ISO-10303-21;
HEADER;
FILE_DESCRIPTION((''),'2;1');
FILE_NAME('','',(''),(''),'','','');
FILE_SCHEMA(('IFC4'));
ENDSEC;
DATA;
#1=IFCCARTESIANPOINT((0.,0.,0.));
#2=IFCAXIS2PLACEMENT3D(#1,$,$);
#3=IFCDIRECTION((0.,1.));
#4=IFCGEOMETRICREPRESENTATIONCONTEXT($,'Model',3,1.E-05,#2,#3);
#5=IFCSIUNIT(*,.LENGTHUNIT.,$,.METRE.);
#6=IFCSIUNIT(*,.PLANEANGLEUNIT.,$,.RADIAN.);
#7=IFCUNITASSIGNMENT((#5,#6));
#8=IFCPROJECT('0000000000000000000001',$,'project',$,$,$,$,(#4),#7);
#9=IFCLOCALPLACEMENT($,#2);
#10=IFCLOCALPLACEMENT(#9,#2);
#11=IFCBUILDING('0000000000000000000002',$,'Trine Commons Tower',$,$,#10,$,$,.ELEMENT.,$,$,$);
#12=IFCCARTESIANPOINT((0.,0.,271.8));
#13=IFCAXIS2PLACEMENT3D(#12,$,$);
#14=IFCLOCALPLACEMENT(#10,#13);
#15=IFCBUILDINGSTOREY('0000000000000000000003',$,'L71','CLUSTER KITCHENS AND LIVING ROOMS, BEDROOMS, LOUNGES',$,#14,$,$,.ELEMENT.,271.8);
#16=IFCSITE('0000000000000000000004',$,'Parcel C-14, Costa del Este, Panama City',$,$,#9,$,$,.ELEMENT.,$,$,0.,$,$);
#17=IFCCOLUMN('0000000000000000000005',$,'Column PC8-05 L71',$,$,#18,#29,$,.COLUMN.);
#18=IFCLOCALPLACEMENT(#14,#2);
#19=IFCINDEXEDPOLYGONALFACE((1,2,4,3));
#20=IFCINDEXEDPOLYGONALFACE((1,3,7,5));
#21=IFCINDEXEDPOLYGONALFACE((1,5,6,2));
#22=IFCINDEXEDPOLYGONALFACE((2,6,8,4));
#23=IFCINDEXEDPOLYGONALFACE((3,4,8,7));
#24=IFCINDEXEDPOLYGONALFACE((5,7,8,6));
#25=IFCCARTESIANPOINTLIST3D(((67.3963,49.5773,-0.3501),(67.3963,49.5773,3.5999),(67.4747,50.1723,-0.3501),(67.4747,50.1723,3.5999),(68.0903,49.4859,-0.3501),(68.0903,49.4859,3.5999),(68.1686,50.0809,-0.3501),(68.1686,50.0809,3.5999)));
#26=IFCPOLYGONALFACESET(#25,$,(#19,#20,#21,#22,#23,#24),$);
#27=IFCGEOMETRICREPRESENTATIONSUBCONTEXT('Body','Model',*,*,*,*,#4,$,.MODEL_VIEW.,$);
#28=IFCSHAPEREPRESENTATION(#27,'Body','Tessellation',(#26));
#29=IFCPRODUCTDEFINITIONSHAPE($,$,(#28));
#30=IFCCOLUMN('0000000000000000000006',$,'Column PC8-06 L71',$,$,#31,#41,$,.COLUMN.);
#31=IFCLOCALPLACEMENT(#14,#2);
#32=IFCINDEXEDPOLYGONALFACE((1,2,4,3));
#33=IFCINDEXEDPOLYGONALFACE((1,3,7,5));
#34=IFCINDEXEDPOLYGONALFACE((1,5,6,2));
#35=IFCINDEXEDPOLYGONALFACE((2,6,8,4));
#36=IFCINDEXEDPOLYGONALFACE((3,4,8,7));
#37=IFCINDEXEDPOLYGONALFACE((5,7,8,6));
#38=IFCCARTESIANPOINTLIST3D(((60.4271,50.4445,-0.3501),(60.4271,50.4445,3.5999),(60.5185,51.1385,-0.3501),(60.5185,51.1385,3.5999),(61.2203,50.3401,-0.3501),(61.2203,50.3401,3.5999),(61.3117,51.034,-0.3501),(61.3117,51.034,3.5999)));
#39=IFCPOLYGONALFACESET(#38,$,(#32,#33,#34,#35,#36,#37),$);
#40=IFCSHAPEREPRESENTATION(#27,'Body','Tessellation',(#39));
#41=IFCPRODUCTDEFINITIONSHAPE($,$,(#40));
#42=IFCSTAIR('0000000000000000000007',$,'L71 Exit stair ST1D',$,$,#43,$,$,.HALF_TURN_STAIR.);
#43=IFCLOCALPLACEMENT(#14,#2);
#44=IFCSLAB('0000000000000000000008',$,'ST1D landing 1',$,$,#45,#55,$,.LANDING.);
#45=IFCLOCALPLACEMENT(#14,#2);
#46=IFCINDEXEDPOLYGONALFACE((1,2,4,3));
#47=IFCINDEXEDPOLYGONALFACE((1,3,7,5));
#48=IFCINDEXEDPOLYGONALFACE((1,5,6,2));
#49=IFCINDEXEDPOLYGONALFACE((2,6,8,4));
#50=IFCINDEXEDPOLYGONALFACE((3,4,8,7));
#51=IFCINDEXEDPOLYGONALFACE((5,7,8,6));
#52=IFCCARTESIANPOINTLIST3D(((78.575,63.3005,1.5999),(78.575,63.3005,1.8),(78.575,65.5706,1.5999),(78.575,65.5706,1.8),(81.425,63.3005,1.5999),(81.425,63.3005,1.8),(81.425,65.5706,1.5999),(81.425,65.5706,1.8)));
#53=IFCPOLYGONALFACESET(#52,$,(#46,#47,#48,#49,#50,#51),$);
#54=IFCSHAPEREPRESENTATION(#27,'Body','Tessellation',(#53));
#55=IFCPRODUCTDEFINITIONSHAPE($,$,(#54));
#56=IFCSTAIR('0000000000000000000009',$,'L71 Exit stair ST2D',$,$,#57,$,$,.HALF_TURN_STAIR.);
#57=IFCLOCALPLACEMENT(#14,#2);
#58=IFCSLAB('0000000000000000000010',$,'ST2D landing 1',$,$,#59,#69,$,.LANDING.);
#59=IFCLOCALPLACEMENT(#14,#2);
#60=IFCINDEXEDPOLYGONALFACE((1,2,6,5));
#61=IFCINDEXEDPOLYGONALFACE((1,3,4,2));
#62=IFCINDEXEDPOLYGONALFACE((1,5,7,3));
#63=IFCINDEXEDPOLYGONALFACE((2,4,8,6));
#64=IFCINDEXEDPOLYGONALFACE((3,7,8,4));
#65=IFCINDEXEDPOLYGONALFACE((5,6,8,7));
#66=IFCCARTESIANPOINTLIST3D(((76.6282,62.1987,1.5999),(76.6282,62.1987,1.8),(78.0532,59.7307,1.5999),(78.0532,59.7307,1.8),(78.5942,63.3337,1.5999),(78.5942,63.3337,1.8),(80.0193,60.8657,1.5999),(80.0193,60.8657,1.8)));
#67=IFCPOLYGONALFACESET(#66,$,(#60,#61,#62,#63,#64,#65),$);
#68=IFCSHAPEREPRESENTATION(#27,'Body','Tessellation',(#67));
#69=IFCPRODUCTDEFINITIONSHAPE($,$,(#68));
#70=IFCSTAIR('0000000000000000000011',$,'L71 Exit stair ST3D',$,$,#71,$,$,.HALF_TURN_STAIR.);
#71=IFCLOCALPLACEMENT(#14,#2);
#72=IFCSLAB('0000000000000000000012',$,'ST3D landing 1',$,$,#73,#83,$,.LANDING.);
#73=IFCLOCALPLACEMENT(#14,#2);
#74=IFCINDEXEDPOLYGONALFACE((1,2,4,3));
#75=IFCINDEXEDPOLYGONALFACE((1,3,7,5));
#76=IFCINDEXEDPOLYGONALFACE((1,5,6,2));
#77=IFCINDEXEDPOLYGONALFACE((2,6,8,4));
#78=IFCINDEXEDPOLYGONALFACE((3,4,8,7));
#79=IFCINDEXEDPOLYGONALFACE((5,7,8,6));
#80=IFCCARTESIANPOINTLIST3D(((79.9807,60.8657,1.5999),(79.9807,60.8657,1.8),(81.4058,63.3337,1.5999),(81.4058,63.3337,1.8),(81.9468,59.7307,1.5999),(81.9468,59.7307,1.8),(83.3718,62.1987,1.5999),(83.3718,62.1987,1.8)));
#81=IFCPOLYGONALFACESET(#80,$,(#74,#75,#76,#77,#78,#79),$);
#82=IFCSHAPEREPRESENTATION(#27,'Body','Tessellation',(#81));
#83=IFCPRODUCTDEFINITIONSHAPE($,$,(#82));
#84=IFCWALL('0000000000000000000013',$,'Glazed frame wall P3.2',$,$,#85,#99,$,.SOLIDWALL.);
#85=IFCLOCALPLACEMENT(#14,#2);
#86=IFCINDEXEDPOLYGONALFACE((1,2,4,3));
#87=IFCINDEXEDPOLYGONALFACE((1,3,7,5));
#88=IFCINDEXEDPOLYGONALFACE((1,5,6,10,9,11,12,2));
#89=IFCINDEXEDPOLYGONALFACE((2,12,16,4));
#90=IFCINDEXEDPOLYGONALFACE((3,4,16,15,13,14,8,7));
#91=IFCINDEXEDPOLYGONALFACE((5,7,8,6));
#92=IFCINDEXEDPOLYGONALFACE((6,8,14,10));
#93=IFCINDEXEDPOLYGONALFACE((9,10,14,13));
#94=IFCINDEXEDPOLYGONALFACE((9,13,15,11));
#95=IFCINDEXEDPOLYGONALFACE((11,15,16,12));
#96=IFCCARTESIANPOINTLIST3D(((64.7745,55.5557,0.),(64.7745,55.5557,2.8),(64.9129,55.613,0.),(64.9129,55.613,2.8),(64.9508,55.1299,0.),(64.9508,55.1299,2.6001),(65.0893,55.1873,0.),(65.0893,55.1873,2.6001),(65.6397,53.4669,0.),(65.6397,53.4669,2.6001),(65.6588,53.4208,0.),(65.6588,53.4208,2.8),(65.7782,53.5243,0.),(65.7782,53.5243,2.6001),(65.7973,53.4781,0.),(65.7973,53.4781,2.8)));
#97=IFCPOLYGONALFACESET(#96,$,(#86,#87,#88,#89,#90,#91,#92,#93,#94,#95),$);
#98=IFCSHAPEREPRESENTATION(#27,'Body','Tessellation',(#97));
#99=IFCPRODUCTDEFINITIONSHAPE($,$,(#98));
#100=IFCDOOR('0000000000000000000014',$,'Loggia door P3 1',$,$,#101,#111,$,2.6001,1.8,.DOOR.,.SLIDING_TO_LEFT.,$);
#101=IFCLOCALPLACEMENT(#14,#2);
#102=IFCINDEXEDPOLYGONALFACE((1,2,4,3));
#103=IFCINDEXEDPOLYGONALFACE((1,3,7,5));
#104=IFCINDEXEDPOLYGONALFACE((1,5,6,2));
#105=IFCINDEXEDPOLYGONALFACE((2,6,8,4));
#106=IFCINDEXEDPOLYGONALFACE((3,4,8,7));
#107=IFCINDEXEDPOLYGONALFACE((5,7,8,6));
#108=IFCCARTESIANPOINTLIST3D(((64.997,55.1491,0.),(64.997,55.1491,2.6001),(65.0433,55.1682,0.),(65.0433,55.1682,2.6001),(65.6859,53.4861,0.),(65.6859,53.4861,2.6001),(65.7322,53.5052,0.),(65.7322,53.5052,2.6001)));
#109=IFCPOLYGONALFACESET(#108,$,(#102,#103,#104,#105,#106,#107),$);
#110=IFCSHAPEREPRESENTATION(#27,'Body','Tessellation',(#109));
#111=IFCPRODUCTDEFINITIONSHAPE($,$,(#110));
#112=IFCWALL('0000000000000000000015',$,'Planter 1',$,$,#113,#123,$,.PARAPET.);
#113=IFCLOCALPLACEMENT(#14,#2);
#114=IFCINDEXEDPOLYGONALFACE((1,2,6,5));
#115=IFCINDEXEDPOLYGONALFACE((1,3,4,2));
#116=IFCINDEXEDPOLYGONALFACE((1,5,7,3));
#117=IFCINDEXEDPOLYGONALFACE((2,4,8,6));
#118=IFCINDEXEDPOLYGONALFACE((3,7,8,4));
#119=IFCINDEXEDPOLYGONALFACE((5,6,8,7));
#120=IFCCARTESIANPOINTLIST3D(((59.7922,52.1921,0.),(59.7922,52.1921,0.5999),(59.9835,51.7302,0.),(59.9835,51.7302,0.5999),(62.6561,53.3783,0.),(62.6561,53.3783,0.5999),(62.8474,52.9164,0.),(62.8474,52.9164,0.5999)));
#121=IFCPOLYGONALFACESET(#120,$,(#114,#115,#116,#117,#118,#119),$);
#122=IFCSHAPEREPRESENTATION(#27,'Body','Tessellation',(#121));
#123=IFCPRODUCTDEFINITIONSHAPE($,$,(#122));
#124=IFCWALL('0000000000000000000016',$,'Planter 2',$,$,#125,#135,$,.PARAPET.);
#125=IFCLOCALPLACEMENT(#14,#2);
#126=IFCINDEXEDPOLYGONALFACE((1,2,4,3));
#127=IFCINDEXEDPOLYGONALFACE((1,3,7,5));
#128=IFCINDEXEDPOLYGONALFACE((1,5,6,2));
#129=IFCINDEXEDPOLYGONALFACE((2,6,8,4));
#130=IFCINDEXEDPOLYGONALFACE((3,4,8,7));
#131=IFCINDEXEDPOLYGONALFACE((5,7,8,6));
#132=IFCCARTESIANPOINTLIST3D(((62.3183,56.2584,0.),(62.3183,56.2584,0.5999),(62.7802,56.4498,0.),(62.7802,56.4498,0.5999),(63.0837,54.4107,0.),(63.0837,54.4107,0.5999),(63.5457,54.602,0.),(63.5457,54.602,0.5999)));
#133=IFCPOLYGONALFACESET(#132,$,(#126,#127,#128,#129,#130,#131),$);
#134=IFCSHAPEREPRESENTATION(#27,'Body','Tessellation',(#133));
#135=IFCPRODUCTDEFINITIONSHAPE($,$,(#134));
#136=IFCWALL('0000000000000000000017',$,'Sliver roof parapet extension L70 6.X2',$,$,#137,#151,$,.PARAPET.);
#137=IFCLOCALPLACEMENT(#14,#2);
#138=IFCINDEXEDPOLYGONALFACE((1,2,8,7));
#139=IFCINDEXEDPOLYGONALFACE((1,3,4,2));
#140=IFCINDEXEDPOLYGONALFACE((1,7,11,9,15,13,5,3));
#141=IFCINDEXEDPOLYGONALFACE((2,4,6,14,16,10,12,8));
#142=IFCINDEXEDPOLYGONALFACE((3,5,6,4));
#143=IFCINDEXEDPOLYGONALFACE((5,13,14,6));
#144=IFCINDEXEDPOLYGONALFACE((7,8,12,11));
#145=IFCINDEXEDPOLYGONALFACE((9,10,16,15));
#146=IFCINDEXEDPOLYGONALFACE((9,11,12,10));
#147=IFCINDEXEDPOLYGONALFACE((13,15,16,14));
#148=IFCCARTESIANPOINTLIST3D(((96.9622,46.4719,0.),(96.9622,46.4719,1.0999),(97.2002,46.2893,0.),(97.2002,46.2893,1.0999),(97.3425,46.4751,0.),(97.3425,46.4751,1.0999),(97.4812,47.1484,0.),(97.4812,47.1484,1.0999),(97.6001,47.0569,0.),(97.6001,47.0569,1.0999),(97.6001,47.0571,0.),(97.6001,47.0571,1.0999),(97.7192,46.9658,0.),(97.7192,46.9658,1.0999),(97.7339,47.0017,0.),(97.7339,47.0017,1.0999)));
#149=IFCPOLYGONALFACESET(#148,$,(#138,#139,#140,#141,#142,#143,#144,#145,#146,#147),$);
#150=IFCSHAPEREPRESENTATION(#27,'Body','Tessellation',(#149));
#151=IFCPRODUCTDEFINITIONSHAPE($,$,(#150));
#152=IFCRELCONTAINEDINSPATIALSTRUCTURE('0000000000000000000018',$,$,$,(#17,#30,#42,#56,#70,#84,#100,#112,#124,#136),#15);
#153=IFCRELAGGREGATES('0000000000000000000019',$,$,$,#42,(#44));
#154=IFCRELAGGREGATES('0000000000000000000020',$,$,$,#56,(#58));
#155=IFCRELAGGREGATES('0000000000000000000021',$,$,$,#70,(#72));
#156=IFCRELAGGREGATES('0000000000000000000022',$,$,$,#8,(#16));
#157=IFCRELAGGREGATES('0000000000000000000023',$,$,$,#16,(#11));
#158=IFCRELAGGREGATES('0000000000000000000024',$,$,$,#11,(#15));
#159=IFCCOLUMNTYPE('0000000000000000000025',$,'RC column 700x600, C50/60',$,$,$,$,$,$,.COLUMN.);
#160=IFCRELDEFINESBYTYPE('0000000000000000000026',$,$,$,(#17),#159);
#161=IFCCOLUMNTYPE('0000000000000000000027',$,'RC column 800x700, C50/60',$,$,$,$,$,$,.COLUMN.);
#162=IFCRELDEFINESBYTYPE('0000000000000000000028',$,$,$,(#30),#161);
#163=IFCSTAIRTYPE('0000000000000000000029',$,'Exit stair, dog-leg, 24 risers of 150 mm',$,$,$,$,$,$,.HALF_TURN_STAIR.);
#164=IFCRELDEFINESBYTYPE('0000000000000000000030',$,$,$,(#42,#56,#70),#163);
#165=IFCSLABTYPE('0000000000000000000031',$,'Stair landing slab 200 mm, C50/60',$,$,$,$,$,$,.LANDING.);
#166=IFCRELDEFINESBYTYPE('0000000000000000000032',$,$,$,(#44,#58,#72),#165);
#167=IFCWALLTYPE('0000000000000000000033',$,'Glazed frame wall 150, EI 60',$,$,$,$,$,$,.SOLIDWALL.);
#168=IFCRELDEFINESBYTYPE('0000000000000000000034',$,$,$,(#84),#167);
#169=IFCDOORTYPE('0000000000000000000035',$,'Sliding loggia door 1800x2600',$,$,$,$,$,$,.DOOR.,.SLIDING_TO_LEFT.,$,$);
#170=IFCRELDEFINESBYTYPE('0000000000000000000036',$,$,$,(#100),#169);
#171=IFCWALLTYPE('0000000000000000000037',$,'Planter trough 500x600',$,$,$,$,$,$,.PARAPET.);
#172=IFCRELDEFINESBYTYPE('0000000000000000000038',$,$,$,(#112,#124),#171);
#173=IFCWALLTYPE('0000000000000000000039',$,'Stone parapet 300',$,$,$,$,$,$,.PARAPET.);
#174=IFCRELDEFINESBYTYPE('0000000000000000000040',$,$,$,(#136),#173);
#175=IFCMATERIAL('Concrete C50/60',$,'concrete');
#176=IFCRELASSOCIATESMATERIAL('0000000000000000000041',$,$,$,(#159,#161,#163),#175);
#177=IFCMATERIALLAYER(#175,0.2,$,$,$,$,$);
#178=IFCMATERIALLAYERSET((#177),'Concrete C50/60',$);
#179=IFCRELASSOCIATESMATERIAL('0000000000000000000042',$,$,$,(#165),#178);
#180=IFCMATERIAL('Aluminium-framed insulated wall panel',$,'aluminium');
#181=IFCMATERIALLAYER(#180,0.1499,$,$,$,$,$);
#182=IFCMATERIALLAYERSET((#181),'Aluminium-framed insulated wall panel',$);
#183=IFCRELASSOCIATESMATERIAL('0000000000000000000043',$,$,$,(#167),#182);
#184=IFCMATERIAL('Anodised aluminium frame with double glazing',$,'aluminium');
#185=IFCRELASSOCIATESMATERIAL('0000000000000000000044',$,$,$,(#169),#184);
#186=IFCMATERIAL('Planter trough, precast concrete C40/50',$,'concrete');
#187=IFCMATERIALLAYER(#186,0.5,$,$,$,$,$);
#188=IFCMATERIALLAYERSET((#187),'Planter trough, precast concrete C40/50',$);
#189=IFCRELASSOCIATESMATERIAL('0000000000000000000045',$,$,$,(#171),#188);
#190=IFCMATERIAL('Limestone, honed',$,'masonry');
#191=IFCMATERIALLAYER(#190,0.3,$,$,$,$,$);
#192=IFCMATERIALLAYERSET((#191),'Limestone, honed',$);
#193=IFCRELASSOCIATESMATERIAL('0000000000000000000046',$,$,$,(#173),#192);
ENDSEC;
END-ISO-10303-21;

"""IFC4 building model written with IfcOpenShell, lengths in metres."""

from ifc_helpers import new_model, si_unit, direction, frame, frame_2d, origin, origin_2d, place, context, subcontext, project, spatial, polyline, rectangle, outline, extrude, material, layer, layer_set, material_profile, profile_set, type_object, element, fill, aggregate, save


model = new_model("IFC4")

# Units and contexts
model_context = context("Model", 3, precision=1e-05, world=origin(), true_north=direction((0.0, 1.0)))
body_context = subcontext(model_context, "Body", "Model", "MODEL_VIEW")
ifc_project = project(units=[si_unit("LENGTHUNIT", "METRE"), si_unit("PLANEANGLEUNIT", "RADIAN")], contexts=[model_context])

# Site, building, storey
site_placement = place(None, origin())
site = spatial("IfcSite", under=ifc_project, at=site_placement, Name="Parcel C-14, Costa del Este, Panama City", CompositionType="ELEMENT", RefElevation=0.0)
building_placement = place(site_placement, origin())
building = spatial("IfcBuilding", under=site, at=building_placement, Name="Trine Commons Tower", CompositionType="ELEMENT")
storey_placement = place(building_placement, frame((0.0, 0.0, 271.8)))
storey = spatial("IfcBuildingStorey", under=building, at=storey_placement, Name="L71", Description="CLUSTER KITCHENS AND LIVING ROOMS, BEDROOMS, LOUNGES", CompositionType="ELEMENT", Elevation=271.8)

# Columns
ifc_material_1 = material(Name="Concrete C50/60", Category="concrete")
ifc_material_profile_1 = material_profile(ifc_material_1, rectangle(XDim=0.7, YDim=0.6001, at=origin_2d()), Name="RC 700x600")
ifc_profile_set_1 = profile_set([ifc_material_profile_1], Name="Concrete C50/60")
column_type_1 = type_object("IfcColumnType", Name="RC column 700x600, C50/60", PredefinedType="COLUMN", material=ifc_profile_set_1)
column_1_placement = place(storey_placement, frame((67.7825, 49.8291, -0.3501), z_axis=(0.0, 0.0, 1.0), x_axis=(-0.991445, 0.130526, 0.0)))
element("IfcColumn", 1, at=column_1_placement, inside=storey, type_object=column_type_1, Name="Column PC8-05 L71", PredefinedType="COLUMN", context=body_context, shape_type="SweptSolid", body=[
    extrude(rectangle(XDim=0.7, YDim=0.6001, at=origin_2d()), origin(), (0.0, 0.0, 1.0), 3.95),
])
ifc_material_profile_2 = material_profile(ifc_material_1, rectangle(XDim=0.8, YDim=0.7, at=origin_2d()), Name="RC 800x700")
ifc_profile_set_2 = profile_set([ifc_material_profile_2], Name="Concrete C50/60")
column_type_2 = type_object("IfcColumnType", Name="RC column 800x700, C50/60", PredefinedType="COLUMN", material=ifc_profile_set_2)
column_2_placement = place(storey_placement, frame((60.8694, 50.7393, -0.3501), z_axis=(0.0, 0.0, 1.0), x_axis=(-0.991445, 0.130526, 0.0)))
element("IfcColumn", 2, at=column_2_placement, inside=storey, type_object=column_type_2, Name="Column PC8-06 L71", PredefinedType="COLUMN", context=body_context, shape_type="SweptSolid", body=[
    extrude(rectangle(XDim=0.8, YDim=0.7, at=origin_2d()), origin(), (0.0, 0.0, 1.0), 3.95),
])

# Stairs, slabs
stair_type = type_object("IfcStairType", Name="Exit stair, dog-leg, 24 risers of 150 mm", PredefinedType="HALF_TURN_STAIR", material=ifc_material_1)
stair_1_placement = place(storey_placement, origin())
stair_1 = element("IfcStair", 3, at=stair_1_placement, inside=storey, type_object=stair_type, Name="L71 Exit stair ST1D", PredefinedType="HALF_TURN_STAIR")
ifc_layer_1 = layer(ifc_material_1, 0.2)
ifc_layer_set_1 = layer_set([ifc_layer_1], Name="Concrete C50/60")
slab_type = type_object("IfcSlabType", Name="Stair landing slab 200 mm, C50/60", PredefinedType="LANDING", material=ifc_layer_set_1)
slab_1_placement = place(storey_placement, frame((0.0, 0.0, 1.5999)))
slab_1 = element("IfcSlab", 4, at=slab_1_placement, type_object=slab_type, Name="ST1D landing 1", PredefinedType="LANDING", context=body_context, shape_type="SweptSolid", body=[
    extrude(outline(polyline([(78.575, 65.5706), (78.575, 63.3005), (81.425, 63.3005), (81.425, 65.5706), (78.575, 65.5706)])), origin(), (0.0, 0.0, 1.0), 0.2002),
])
aggregate(stair_1, [slab_1])
stair_2_placement = place(storey_placement, origin())
stair_2 = element("IfcStair", 5, at=stair_2_placement, inside=storey, type_object=stair_type, Name="L71 Exit stair ST2D", PredefinedType="HALF_TURN_STAIR")
slab_2_placement = place(storey_placement, frame((0.0, 0.0, 1.5999)))
slab_2 = element("IfcSlab", 6, at=slab_2_placement, type_object=slab_type, Name="ST2D landing 1", PredefinedType="LANDING", context=body_context, shape_type="SweptSolid", body=[
    extrude(outline(polyline([(78.0532, 59.7307), (80.0193, 60.8657), (78.5942, 63.3337), (76.6282, 62.1987), (78.0532, 59.7307)])), origin(), (0.0, 0.0, 1.0), 0.2002),
])
aggregate(stair_2, [slab_2])
stair_3_placement = place(storey_placement, origin())
stair_3 = element("IfcStair", 7, at=stair_3_placement, inside=storey, type_object=stair_type, Name="L71 Exit stair ST3D", PredefinedType="HALF_TURN_STAIR")
slab_3_placement = place(storey_placement, frame((0.0, 0.0, 1.5999)))
slab_3 = element("IfcSlab", 8, at=slab_3_placement, type_object=slab_type, Name="ST3D landing 1", PredefinedType="LANDING", context=body_context, shape_type="SweptSolid", body=[
    extrude(outline(polyline([(83.3718, 62.1987), (81.4058, 63.3337), (79.9807, 60.8657), (81.9468, 59.7307), (83.3718, 62.1987)])), origin(), (0.0, 0.0, 1.0), 0.2002),
])
aggregate(stair_3, [slab_3])

# Shared definitions
ifc_material_2 = material(Name="Aluminium-framed insulated wall panel", Category="aluminium")
ifc_layer_2 = layer(ifc_material_2, 0.1499)
ifc_layer_set_2 = layer_set([ifc_layer_2], Name="Aluminium-framed insulated wall panel")
wall_type_1 = type_object("IfcWallType", Name="Glazed frame wall 150, EI 60", PredefinedType="SOLIDWALL", material=ifc_layer_set_2)

# Wall, opening, door
wall_1_placement = place(storey_placement, frame((65.728, 53.4495, 0.0), z_axis=(0.0, 0.0, 1.0), x_axis=(-0.382694, 0.923875, 0.0)))
wall_1 = element("IfcWall", 9, at=wall_1_placement, inside=storey, type_object=wall_type_1, Name="Glazed frame wall P3.2", PredefinedType="SOLIDWALL", context=body_context, shape_type="SweptSolid", body=[
    extrude(outline(polyline([(0.0, -0.075), (2.3108, -0.075), (2.3108, 0.075), (0.0, 0.075), (0.0, -0.075)])), origin(), (0.0, 0.0, 1.0), 2.8),
])
opening_1_placement = place(wall_1_placement, frame((0.05, 0.0, 0.0)))
opening_1 = element("IfcOpeningElement", 10, at=opening_1_placement, cuts=wall_1, PredefinedType="OPENING", context=body_context, shape_type="SweptSolid", body=[
    extrude(rectangle(XDim=1.8, YDim=2.6001, at=frame_2d((0.8999, 1.3))), frame((0.0, 0.085, 0.0), z_axis=(0.0, -1.0, 0.0), x_axis=(1.0, 0.0, 0.0)), (0.0, 0.0, 1.0), 0.1699),
])
ifc_material_3 = material(Name="Anodised aluminium frame with double glazing", Category="aluminium")
door_type_1 = type_object("IfcDoorType", Name="Sliding loggia door 1800x2600", OperationType="SLIDING_TO_LEFT", PredefinedType="DOOR", material=ifc_material_3)
door_1_placement = place(opening_1_placement, origin())
door_1 = element("IfcDoor", 11, at=door_1_placement, inside=storey, type_object=door_type_1, Name="Loggia door P3 1", OperationType="SLIDING_TO_LEFT", OverallHeight=2.6001, OverallWidth=1.8, PredefinedType="DOOR", context=body_context, shape_type="SweptSolid", body=[
    extrude(rectangle(XDim=1.8, YDim=2.6001, at=frame_2d((0.8999, 1.3))), frame((0.0, 0.0249, 0.0), z_axis=(0.0, -1.0, 0.0), x_axis=(1.0, 0.0, 0.0)), (0.0, 0.0, 1.0), 0.05),
])
fill(opening_1, door_1)

# Walls
ifc_material_4 = material(Name="Planter trough, precast concrete C40/50", Category="concrete")
ifc_layer_3 = layer(ifc_material_4, 0.5)
ifc_layer_set_3 = layer_set([ifc_layer_3], Name="Planter trough, precast concrete C40/50")
wall_type_2 = type_object("IfcWallType", Name="Planter trough 500x600", PredefinedType="PARAPET", material=ifc_layer_set_3)
wall_2_placement = place(storey_placement, frame((59.8879, 51.9612, 0.0), z_axis=(0.0, 0.0, 1.0), x_axis=(0.923883, 0.382674, 0.0)))
element("IfcWall", 12, at=wall_2_placement, inside=storey, type_object=wall_type_2, Name="Planter 1", PredefinedType="PARAPET", context=body_context, shape_type="SweptSolid", body=[
    extrude(rectangle(XDim=3.0999, YDim=0.5, at=frame_2d((1.5498, 0.0))), origin(), (0.0, 0.0, 1.0), 0.5999),
])
wall_3_placement = place(storey_placement, frame((63.3147, 54.5063, 0.0), z_axis=(0.0, 0.0, 1.0), x_axis=(-0.382708, 0.92387, 0.0)))
element("IfcWall", 13, at=wall_3_placement, inside=storey, type_object=wall_type_2, Name="Planter 2", PredefinedType="PARAPET", context=body_context, shape_type="SweptSolid", body=[
    extrude(rectangle(XDim=2.0, YDim=0.5, at=frame_2d((1.0, 0.0))), origin(), (0.0, 0.0, 1.0), 0.5999),
])
ifc_material_5 = material(Name="Limestone, honed", Category="masonry")
ifc_layer_4 = layer(ifc_material_5, 0.3)
ifc_layer_set_4 = layer_set([ifc_layer_4], Name="Limestone, honed")
wall_type_3 = type_object("IfcWallType", Name="Stone parapet 300", PredefinedType="PARAPET", material=ifc_layer_set_4)
wall_4_placement = place(storey_placement, origin())
element("IfcWall", 14, at=wall_4_placement, inside=storey, type_object=wall_type_3, Name="Sliver roof parapet extension L70 6.X2", PredefinedType="PARAPET", context=body_context, shape_type="SweptSolid", body=[
    extrude(outline(polyline([(97.7192, 46.9658), (97.7339, 47.0017), (97.6001, 47.0569), (97.6001, 47.0571), (97.4812, 47.1484), (96.9622, 46.4719), (97.2002, 46.2893), (97.3425, 46.4751), (97.7192, 46.9658)])), origin(), (0.0, 0.0, 1.0), 1.0999),
])

save(model, "model.ifc")
